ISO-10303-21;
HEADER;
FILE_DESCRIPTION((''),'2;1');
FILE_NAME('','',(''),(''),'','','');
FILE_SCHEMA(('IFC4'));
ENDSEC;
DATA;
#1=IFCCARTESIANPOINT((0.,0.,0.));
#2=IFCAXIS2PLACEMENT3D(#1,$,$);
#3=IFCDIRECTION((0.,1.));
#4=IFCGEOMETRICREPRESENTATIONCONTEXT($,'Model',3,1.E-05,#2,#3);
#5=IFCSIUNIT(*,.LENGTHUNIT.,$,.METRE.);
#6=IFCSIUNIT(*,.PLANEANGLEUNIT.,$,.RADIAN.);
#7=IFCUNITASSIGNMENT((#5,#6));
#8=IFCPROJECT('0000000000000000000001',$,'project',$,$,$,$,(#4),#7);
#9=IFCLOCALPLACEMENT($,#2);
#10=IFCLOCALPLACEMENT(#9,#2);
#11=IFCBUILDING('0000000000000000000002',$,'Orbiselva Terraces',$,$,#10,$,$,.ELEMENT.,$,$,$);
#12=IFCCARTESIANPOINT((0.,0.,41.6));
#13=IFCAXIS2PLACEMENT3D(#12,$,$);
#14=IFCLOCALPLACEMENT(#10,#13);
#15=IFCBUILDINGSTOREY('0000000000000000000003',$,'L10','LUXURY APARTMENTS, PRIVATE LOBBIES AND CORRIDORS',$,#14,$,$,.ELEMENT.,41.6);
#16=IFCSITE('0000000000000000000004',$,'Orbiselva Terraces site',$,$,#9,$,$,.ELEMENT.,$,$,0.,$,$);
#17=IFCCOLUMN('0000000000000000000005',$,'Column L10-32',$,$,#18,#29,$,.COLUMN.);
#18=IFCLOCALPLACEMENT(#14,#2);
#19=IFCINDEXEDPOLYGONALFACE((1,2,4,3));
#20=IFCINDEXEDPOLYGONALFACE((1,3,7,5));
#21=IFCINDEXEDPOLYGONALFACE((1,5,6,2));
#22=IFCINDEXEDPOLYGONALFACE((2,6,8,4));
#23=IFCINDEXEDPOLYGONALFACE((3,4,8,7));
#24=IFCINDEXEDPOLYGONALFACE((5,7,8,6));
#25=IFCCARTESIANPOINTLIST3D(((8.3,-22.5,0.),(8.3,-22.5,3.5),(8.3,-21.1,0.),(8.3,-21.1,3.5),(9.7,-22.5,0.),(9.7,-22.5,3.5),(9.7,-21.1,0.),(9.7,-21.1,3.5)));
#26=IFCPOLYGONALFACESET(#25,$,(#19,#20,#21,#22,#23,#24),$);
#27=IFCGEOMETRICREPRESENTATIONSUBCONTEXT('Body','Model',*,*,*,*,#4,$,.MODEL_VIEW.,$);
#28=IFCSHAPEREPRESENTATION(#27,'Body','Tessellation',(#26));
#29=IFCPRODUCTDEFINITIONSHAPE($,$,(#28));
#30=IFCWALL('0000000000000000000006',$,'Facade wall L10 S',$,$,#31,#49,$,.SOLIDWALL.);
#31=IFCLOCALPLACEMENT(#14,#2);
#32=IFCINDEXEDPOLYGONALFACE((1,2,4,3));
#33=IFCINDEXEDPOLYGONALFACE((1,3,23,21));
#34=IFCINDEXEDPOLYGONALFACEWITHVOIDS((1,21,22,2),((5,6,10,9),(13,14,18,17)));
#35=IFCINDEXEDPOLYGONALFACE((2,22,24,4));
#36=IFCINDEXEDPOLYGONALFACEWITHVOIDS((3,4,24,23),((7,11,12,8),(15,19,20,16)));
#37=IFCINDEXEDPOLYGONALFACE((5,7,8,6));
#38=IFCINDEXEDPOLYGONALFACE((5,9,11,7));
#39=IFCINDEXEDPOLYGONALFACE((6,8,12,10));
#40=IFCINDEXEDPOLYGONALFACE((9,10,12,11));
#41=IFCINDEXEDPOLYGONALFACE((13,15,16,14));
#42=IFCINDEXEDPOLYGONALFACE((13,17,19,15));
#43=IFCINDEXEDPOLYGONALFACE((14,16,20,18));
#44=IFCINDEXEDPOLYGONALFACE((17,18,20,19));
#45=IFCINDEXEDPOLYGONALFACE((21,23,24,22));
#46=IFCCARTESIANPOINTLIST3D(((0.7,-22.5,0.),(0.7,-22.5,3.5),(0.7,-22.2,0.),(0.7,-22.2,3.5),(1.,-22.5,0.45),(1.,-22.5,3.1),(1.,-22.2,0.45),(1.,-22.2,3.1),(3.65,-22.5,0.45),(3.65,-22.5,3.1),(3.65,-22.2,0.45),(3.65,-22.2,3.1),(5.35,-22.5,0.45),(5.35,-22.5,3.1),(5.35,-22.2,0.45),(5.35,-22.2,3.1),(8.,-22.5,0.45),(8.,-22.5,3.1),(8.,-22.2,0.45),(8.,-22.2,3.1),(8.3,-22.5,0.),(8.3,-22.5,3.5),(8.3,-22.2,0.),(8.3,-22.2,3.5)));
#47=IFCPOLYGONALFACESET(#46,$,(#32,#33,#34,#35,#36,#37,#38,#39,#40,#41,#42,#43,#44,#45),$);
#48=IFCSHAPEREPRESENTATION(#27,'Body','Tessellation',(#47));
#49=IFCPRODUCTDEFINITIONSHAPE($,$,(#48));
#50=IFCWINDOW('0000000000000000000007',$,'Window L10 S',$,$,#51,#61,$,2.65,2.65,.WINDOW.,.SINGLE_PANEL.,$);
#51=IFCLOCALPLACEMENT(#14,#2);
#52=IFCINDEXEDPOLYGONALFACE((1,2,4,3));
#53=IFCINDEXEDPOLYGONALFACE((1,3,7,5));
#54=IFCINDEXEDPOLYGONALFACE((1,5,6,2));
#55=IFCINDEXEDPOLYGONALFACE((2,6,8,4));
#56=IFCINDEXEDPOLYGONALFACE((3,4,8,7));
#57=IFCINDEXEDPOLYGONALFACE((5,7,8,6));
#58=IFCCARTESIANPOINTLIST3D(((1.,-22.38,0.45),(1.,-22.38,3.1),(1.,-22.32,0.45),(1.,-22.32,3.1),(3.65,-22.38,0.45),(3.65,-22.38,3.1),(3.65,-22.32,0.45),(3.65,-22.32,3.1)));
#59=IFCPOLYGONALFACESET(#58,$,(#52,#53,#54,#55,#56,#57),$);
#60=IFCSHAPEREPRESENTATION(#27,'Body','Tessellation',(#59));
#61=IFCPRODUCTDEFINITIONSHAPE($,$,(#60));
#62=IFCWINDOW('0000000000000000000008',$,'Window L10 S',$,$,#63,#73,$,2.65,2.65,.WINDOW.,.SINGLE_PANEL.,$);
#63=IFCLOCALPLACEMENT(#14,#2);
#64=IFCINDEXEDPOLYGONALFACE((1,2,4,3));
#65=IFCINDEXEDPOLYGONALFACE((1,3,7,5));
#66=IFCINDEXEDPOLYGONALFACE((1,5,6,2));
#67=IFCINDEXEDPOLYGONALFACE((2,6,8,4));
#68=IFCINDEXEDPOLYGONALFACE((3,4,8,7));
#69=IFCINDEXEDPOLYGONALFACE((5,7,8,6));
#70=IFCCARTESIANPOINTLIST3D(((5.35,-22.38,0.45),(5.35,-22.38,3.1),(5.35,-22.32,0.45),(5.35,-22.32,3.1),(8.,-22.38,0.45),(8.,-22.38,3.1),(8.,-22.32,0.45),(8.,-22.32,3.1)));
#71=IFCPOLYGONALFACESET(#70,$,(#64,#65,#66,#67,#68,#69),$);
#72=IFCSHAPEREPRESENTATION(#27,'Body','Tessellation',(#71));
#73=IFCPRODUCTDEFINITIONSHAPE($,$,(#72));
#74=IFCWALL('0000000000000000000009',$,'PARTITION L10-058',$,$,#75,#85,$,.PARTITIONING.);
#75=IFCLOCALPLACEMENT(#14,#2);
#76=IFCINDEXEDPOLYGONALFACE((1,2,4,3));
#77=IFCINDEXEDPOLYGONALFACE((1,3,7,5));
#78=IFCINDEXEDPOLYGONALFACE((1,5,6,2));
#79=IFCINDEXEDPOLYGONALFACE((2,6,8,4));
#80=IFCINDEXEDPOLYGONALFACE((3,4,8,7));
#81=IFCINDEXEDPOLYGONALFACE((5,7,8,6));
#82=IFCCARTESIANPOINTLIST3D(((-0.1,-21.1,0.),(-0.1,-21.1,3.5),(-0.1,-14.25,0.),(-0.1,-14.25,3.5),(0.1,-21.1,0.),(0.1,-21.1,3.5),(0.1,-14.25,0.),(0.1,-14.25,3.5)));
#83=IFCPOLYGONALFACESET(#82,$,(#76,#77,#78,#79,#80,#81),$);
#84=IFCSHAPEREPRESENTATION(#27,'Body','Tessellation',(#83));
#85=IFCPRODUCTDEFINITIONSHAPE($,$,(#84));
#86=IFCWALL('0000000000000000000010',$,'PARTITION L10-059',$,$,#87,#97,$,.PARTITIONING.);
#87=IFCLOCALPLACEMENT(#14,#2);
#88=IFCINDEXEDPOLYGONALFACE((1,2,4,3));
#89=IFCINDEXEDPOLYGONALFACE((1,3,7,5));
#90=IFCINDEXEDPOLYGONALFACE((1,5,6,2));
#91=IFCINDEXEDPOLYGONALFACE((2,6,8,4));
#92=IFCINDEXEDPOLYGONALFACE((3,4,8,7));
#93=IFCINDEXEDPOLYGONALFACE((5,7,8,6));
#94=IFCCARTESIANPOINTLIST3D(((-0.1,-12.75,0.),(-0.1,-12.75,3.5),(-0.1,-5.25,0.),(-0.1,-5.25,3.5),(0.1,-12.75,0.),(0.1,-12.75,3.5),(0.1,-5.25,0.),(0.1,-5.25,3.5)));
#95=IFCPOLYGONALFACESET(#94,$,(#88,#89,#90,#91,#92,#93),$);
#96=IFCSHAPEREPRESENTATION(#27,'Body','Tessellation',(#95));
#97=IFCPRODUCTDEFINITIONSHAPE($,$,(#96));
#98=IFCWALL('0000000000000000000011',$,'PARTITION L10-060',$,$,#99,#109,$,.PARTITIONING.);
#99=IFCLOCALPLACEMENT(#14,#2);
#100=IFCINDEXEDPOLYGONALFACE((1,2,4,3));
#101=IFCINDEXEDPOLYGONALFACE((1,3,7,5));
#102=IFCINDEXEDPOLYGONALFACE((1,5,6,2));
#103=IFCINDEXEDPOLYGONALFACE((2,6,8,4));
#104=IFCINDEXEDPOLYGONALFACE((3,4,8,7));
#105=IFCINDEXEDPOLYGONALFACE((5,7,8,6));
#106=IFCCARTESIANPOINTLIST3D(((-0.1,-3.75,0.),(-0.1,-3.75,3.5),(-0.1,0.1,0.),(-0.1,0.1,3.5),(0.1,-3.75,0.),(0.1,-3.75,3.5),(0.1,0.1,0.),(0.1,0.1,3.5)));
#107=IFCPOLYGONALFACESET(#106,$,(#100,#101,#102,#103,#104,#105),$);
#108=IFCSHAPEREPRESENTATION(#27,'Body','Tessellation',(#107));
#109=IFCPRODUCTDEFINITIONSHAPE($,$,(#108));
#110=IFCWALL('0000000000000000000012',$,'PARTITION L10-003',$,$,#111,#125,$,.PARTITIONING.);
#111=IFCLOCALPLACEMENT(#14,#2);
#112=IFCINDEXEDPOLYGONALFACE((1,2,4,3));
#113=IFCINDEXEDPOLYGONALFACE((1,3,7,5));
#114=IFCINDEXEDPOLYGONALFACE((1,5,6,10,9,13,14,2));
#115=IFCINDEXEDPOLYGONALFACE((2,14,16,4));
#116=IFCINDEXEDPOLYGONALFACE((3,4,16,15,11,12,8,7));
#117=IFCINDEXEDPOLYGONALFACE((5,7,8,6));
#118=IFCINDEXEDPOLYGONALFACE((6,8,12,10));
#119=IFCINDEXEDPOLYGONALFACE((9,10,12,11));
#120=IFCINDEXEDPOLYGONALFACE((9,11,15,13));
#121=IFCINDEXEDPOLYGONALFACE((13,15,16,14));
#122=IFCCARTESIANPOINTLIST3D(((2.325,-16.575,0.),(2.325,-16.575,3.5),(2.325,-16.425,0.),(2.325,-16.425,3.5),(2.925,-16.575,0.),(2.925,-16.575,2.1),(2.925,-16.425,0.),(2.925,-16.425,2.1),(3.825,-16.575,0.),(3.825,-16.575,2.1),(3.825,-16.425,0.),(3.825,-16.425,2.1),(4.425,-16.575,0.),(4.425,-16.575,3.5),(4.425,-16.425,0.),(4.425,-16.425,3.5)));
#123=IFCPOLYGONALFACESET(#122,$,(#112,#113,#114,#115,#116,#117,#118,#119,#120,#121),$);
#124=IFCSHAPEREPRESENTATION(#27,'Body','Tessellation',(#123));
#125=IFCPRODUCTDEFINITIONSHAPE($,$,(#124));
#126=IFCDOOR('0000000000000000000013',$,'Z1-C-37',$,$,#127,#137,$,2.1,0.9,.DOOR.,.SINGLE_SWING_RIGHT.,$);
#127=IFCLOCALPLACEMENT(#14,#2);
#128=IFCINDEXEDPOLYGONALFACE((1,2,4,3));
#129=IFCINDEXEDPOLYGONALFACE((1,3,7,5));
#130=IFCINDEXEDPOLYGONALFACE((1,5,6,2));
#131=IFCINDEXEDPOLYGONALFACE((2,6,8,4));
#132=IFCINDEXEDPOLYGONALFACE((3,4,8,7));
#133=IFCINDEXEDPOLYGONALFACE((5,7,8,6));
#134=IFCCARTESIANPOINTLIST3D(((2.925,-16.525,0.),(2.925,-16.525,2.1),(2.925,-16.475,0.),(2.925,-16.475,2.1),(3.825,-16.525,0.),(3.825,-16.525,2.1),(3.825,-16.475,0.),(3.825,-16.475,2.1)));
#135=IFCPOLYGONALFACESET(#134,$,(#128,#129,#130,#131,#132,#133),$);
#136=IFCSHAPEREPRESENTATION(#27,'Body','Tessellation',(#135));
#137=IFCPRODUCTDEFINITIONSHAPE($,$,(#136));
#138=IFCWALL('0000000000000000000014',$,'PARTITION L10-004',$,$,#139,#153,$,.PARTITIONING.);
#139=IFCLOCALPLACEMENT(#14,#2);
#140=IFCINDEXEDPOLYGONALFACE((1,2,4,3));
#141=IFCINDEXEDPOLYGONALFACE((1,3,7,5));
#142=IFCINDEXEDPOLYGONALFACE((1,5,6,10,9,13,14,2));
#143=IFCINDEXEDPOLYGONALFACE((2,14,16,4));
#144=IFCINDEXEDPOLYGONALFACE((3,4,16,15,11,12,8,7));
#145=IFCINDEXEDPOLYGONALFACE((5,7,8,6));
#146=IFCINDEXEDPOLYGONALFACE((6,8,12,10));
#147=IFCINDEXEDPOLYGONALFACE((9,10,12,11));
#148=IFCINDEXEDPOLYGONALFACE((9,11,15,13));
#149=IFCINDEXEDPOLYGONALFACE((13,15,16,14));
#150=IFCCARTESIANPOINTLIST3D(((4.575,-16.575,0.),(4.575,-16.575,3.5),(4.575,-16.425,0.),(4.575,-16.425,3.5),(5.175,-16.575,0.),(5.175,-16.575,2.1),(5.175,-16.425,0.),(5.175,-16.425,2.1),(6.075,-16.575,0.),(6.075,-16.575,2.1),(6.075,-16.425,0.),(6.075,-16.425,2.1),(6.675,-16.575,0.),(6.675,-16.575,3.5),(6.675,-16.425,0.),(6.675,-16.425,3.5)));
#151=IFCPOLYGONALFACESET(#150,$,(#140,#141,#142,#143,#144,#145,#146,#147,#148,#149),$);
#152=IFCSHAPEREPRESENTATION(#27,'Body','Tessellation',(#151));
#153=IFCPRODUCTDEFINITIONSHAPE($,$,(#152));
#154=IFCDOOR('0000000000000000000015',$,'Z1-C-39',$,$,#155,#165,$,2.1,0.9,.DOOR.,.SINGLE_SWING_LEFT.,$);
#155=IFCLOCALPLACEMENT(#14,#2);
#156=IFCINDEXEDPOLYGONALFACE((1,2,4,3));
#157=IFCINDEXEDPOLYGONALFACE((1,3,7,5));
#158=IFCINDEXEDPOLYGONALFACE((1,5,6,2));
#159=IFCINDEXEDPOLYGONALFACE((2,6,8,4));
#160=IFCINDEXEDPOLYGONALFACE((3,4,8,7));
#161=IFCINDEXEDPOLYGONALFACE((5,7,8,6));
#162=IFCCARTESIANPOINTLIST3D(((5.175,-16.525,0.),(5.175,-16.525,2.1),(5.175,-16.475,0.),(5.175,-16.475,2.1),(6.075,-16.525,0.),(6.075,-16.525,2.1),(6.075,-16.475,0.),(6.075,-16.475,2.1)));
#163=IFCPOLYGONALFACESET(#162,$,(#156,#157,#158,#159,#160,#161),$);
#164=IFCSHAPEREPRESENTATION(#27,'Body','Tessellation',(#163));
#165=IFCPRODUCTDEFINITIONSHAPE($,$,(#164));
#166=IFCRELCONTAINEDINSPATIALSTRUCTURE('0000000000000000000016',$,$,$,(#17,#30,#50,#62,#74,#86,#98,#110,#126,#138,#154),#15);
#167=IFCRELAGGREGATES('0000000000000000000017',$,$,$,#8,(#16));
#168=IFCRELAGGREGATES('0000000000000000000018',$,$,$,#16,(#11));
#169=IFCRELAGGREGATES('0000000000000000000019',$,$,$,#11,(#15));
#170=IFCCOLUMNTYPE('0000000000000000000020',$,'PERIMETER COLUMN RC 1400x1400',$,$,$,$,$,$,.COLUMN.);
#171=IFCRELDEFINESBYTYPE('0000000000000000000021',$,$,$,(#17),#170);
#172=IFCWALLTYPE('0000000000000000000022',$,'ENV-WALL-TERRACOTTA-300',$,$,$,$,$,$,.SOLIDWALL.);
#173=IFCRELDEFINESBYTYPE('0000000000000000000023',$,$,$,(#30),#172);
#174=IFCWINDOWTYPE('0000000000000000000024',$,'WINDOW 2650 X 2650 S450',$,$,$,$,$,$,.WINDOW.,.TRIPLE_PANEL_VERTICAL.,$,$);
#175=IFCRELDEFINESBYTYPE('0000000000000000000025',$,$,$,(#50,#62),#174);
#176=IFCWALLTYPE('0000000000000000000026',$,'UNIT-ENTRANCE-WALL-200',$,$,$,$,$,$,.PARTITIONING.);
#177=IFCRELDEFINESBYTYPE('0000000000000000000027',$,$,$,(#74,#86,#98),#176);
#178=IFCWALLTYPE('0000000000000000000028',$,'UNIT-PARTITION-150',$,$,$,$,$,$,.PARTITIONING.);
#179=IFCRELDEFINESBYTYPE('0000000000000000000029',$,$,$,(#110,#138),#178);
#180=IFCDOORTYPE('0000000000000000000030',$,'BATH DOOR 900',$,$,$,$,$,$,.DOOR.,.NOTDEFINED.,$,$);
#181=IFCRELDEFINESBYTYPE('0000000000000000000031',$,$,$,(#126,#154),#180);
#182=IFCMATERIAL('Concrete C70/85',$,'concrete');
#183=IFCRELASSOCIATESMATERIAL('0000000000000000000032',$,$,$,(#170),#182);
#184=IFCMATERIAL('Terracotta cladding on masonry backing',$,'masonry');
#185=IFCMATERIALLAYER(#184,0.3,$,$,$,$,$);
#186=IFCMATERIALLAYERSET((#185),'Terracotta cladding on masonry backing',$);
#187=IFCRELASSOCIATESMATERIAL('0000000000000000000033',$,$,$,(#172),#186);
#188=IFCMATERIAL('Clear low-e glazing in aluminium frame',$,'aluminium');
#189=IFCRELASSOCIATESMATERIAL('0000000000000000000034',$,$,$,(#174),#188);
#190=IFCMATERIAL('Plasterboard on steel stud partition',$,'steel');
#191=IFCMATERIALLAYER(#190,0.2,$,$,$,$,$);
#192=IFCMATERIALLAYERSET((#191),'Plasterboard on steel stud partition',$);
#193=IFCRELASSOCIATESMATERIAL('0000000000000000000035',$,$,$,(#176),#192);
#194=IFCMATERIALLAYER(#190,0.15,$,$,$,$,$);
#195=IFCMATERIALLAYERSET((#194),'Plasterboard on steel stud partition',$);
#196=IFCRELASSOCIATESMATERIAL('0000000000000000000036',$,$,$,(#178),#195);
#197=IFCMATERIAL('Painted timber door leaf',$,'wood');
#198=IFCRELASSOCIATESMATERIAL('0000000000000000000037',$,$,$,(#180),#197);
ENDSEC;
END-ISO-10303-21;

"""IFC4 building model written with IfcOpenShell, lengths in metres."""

from ifc_helpers import new_model, si_unit, direction, frame, frame_2d, origin, origin_2d, place, context, subcontext, project, spatial, rectangle, extrude, material, layer, layer_set, material_profile, profile_set, type_object, element, fill, save


model = new_model("IFC4")

# Units and contexts
model_context = context("Model", 3, precision=1e-05, world=origin(), true_north=direction((0.0, 1.0)))
body_context = subcontext(model_context, "Body", "Model", "MODEL_VIEW")
ifc_project = project(units=[si_unit("LENGTHUNIT", "METRE"), si_unit("PLANEANGLEUNIT", "RADIAN")], contexts=[model_context])

# Site, building, storey
site_placement = place(None, origin())
site = spatial("IfcSite", under=ifc_project, at=site_placement, Name="Orbiselva Terraces site", CompositionType="ELEMENT", RefElevation=0.0)
building_placement = place(site_placement, origin())
building = spatial("IfcBuilding", under=site, at=building_placement, Name="Orbiselva Terraces", CompositionType="ELEMENT")
storey_placement = place(building_placement, frame((0.0, 0.0, 41.6)))
storey = spatial("IfcBuildingStorey", under=building, at=storey_placement, Name="L10", Description="LUXURY APARTMENTS, PRIVATE LOBBIES AND CORRIDORS", CompositionType="ELEMENT", Elevation=41.6)

# Column
ifc_material_1 = material(Name="Concrete C70/85", Category="concrete")
ifc_material_profile = material_profile(ifc_material_1, rectangle(XDim=1.4, YDim=1.4, at=origin_2d()), Name="RC 1400x1400")
ifc_profile_set = profile_set([ifc_material_profile], Name="Concrete C70/85")
column_type = type_object("IfcColumnType", Name="PERIMETER COLUMN RC 1400x1400", PredefinedType="COLUMN", material=ifc_profile_set)
column_placement = place(storey_placement, frame((9.0, -21.8, 0.0), z_axis=(0.0, 0.0, 1.0), x_axis=(1.0, 0.0, 0.0)))
element("IfcColumn", 1, at=column_placement, inside=storey, type_object=column_type, Name="Column L10-32", PredefinedType="COLUMN", context=body_context, shape_type="SweptSolid", body=[
    extrude(rectangle(XDim=1.4, YDim=1.4, at=origin_2d()), origin(), (0.0, 0.0, 1.0), 3.5),
])

# Wall, openings, windows
ifc_material_2 = material(Name="Terracotta cladding on masonry backing", Category="masonry")
ifc_layer_1 = layer(ifc_material_2, 0.3)
ifc_layer_set_1 = layer_set([ifc_layer_1], Name="Terracotta cladding on masonry backing")
wall_type_1 = type_object("IfcWallType", Name="ENV-WALL-TERRACOTTA-300", PredefinedType="SOLIDWALL", material=ifc_layer_set_1)
wall_1_placement = place(storey_placement, frame((8.3, -22.35, 0.0), z_axis=(0.0, 0.0, 1.0), x_axis=(-1.0, 0.0, 0.0)))
wall_1 = element("IfcWall", 2, at=wall_1_placement, inside=storey, type_object=wall_type_1, Name="Facade wall L10 S", PredefinedType="SOLIDWALL", context=body_context, shape_type="SweptSolid", body=[
    extrude(rectangle(XDim=7.6, YDim=0.3, at=frame_2d((3.8, 0.0))), origin(), (0.0, 0.0, 1.0), 3.5),
])
opening_1_placement = place(wall_1_placement, frame((4.65, 0.0, 0.45)))
opening_1 = element("IfcOpeningElement", 3, at=opening_1_placement, cuts=wall_1, PredefinedType="OPENING", context=body_context, shape_type="SweptSolid", body=[
    extrude(rectangle(XDim=2.65, YDim=2.65, at=frame_2d((1.325, 1.325))), frame((0.0, 0.16, 0.0), z_axis=(0.0, -1.0, 0.0), x_axis=(1.0, 0.0, 0.0)), (0.0, 0.0, 1.0), 0.32),
])
opening_2_placement = place(wall_1_placement, frame((0.3, 0.0, 0.45)))
opening_2 = element("IfcOpeningElement", 4, at=opening_2_placement, cuts=wall_1, PredefinedType="OPENING", context=body_context, shape_type="SweptSolid", body=[
    extrude(rectangle(XDim=2.65, YDim=2.65, at=frame_2d((1.325, 1.325))), frame((0.0, 0.16, 0.0), z_axis=(0.0, -1.0, 0.0), x_axis=(1.0, 0.0, 0.0)), (0.0, 0.0, 1.0), 0.32),
])
ifc_material_3 = material(Name="Clear low-e glazing in aluminium frame", Category="aluminium")
window_type = type_object("IfcWindowType", Name="WINDOW 2650 X 2650 S450", PartitioningType="TRIPLE_PANEL_VERTICAL", PredefinedType="WINDOW", material=ifc_material_3)
window_1_placement = place(opening_1_placement, origin())
window_1 = element("IfcWindow", 5, at=window_1_placement, inside=storey, type_object=window_type, Name="Window L10 S", OverallHeight=2.65, OverallWidth=2.65, PartitioningType="SINGLE_PANEL", PredefinedType="WINDOW", context=body_context, shape_type="SweptSolid", body=[
    extrude(rectangle(XDim=2.65, YDim=2.65, at=frame_2d((1.325, 1.325))), frame((0.0, 0.03, 0.0), z_axis=(0.0, -1.0, 0.0), x_axis=(1.0, 0.0, 0.0)), (0.0, 0.0, 1.0), 0.06),
])
fill(opening_1, window_1)
window_2_placement = place(opening_2_placement, origin())
window_2 = element("IfcWindow", 6, at=window_2_placement, inside=storey, type_object=window_type, Name="Window L10 S", OverallHeight=2.65, OverallWidth=2.65, PartitioningType="SINGLE_PANEL", PredefinedType="WINDOW", context=body_context, shape_type="SweptSolid", body=[
    extrude(rectangle(XDim=2.65, YDim=2.65, at=frame_2d((1.325, 1.325))), frame((0.0, 0.03, 0.0), z_axis=(0.0, -1.0, 0.0), x_axis=(1.0, 0.0, 0.0)), (0.0, 0.0, 1.0), 0.06),
])
fill(opening_2, window_2)

# Walls
ifc_material_4 = material(Name="Plasterboard on steel stud partition", Category="steel")
ifc_layer_2 = layer(ifc_material_4, 0.2)
ifc_layer_set_2 = layer_set([ifc_layer_2], Name="Plasterboard on steel stud partition")
wall_type_2 = type_object("IfcWallType", Name="UNIT-ENTRANCE-WALL-200", PredefinedType="PARTITIONING", material=ifc_layer_set_2)
wall_2_placement = place(storey_placement, frame((0.0, -21.1, 0.0), z_axis=(0.0, 0.0, 1.0), x_axis=(0.0, 1.0, 0.0)))
element("IfcWall", 7, at=wall_2_placement, inside=storey, type_object=wall_type_2, Name="PARTITION L10-058", PredefinedType="PARTITIONING", context=body_context, shape_type="SweptSolid", body=[
    extrude(rectangle(XDim=6.85, YDim=0.2, at=frame_2d((3.425, 0.0))), origin(), (0.0, 0.0, 1.0), 3.5),
])
wall_3_placement = place(storey_placement, frame((0.0, -12.75, 0.0), z_axis=(0.0, 0.0, 1.0), x_axis=(0.0, 1.0, 0.0)))
element("IfcWall", 8, at=wall_3_placement, inside=storey, type_object=wall_type_2, Name="PARTITION L10-059", PredefinedType="PARTITIONING", context=body_context, shape_type="SweptSolid", body=[
    extrude(rectangle(XDim=7.5, YDim=0.2, at=frame_2d((3.75, 0.0))), origin(), (0.0, 0.0, 1.0), 3.5),
])
wall_4_placement = place(storey_placement, frame((0.0, -3.75, 0.0), z_axis=(0.0, 0.0, 1.0), x_axis=(0.0, 1.0, 0.0)))
element("IfcWall", 9, at=wall_4_placement, inside=storey, type_object=wall_type_2, Name="PARTITION L10-060", PredefinedType="PARTITIONING", context=body_context, shape_type="SweptSolid", body=[
    extrude(rectangle(XDim=3.85, YDim=0.2, at=frame_2d((1.925, 0.0))), origin(), (0.0, 0.0, 1.0), 3.5),
])

# Walls, openings, doors
ifc_layer_3 = layer(ifc_material_4, 0.15)
ifc_layer_set_3 = layer_set([ifc_layer_3], Name="Plasterboard on steel stud partition")
wall_type_3 = type_object("IfcWallType", Name="UNIT-PARTITION-150", PredefinedType="PARTITIONING", material=ifc_layer_set_3)
wall_5_placement = place(storey_placement, frame((2.325, -16.5, 0.0), z_axis=(0.0, 0.0, 1.0), x_axis=(1.0, 0.0, 0.0)))
wall_5 = element("IfcWall", 10, at=wall_5_placement, inside=storey, type_object=wall_type_3, Name="PARTITION L10-003", PredefinedType="PARTITIONING", context=body_context, shape_type="SweptSolid", body=[
    extrude(rectangle(XDim=2.1, YDim=0.15, at=frame_2d((1.05, 0.0))), origin(), (0.0, 0.0, 1.0), 3.5),
])
opening_3_placement = place(wall_5_placement, frame((0.6, 0.0, 0.0)))
opening_3 = element("IfcOpeningElement", 11, at=opening_3_placement, cuts=wall_5, PredefinedType="OPENING", context=body_context, shape_type="SweptSolid", body=[
    extrude(rectangle(XDim=0.9, YDim=2.1, at=frame_2d((0.45, 1.05))), frame((0.0, 0.085, 0.0), z_axis=(0.0, -1.0, 0.0), x_axis=(1.0, 0.0, 0.0)), (0.0, 0.0, 1.0), 0.17),
])
ifc_material_5 = material(Name="Painted timber door leaf", Category="wood")
door_type_1 = type_object("IfcDoorType", Name="BATH DOOR 900", OperationType="NOTDEFINED", PredefinedType="DOOR", material=ifc_material_5)
door_1_placement = place(opening_3_placement, origin())
door_1 = element("IfcDoor", 12, at=door_1_placement, inside=storey, type_object=door_type_1, Name="Z1-C-37", OperationType="SINGLE_SWING_RIGHT", OverallHeight=2.1, OverallWidth=0.9, PredefinedType="DOOR", context=body_context, shape_type="SweptSolid", body=[
    extrude(rectangle(XDim=0.9, YDim=2.1, at=frame_2d((0.45, 1.05))), frame((0.0, 0.025, 0.0), z_axis=(0.0, -1.0, 0.0), x_axis=(1.0, 0.0, 0.0)), (0.0, 0.0, 1.0), 0.05),
])
fill(opening_3, door_1)
wall_6_placement = place(storey_placement, frame((4.575, -16.5, 0.0), z_axis=(0.0, 0.0, 1.0), x_axis=(1.0, 0.0, 0.0)))
wall_6 = element("IfcWall", 13, at=wall_6_placement, inside=storey, type_object=wall_type_3, Name="PARTITION L10-004", PredefinedType="PARTITIONING", context=body_context, shape_type="SweptSolid", body=[
    extrude(rectangle(XDim=2.1, YDim=0.15, at=frame_2d((1.05, 0.0))), origin(), (0.0, 0.0, 1.0), 3.5),
])
opening_4_placement = place(wall_6_placement, frame((0.6, 0.0, 0.0)))
opening_4 = element("IfcOpeningElement", 14, at=opening_4_placement, cuts=wall_6, PredefinedType="OPENING", context=body_context, shape_type="SweptSolid", body=[
    extrude(rectangle(XDim=0.9, YDim=2.1, at=frame_2d((0.45, 1.05))), frame((0.0, 0.085, 0.0), z_axis=(0.0, -1.0, 0.0), x_axis=(1.0, 0.0, 0.0)), (0.0, 0.0, 1.0), 0.17),
])
door_2_placement = place(opening_4_placement, origin())
door_2 = element("IfcDoor", 15, at=door_2_placement, inside=storey, type_object=door_type_1, Name="Z1-C-39", OperationType="SINGLE_SWING_LEFT", OverallHeight=2.1, OverallWidth=0.9, PredefinedType="DOOR", context=body_context, shape_type="SweptSolid", body=[
    extrude(rectangle(XDim=0.9, YDim=2.1, at=frame_2d((0.45, 1.05))), frame((0.0, 0.025, 0.0), z_axis=(0.0, -1.0, 0.0), x_axis=(1.0, 0.0, 0.0)), (0.0, 0.0, 1.0), 0.05),
])
fill(opening_4, door_2)

save(model, "model.ifc")
